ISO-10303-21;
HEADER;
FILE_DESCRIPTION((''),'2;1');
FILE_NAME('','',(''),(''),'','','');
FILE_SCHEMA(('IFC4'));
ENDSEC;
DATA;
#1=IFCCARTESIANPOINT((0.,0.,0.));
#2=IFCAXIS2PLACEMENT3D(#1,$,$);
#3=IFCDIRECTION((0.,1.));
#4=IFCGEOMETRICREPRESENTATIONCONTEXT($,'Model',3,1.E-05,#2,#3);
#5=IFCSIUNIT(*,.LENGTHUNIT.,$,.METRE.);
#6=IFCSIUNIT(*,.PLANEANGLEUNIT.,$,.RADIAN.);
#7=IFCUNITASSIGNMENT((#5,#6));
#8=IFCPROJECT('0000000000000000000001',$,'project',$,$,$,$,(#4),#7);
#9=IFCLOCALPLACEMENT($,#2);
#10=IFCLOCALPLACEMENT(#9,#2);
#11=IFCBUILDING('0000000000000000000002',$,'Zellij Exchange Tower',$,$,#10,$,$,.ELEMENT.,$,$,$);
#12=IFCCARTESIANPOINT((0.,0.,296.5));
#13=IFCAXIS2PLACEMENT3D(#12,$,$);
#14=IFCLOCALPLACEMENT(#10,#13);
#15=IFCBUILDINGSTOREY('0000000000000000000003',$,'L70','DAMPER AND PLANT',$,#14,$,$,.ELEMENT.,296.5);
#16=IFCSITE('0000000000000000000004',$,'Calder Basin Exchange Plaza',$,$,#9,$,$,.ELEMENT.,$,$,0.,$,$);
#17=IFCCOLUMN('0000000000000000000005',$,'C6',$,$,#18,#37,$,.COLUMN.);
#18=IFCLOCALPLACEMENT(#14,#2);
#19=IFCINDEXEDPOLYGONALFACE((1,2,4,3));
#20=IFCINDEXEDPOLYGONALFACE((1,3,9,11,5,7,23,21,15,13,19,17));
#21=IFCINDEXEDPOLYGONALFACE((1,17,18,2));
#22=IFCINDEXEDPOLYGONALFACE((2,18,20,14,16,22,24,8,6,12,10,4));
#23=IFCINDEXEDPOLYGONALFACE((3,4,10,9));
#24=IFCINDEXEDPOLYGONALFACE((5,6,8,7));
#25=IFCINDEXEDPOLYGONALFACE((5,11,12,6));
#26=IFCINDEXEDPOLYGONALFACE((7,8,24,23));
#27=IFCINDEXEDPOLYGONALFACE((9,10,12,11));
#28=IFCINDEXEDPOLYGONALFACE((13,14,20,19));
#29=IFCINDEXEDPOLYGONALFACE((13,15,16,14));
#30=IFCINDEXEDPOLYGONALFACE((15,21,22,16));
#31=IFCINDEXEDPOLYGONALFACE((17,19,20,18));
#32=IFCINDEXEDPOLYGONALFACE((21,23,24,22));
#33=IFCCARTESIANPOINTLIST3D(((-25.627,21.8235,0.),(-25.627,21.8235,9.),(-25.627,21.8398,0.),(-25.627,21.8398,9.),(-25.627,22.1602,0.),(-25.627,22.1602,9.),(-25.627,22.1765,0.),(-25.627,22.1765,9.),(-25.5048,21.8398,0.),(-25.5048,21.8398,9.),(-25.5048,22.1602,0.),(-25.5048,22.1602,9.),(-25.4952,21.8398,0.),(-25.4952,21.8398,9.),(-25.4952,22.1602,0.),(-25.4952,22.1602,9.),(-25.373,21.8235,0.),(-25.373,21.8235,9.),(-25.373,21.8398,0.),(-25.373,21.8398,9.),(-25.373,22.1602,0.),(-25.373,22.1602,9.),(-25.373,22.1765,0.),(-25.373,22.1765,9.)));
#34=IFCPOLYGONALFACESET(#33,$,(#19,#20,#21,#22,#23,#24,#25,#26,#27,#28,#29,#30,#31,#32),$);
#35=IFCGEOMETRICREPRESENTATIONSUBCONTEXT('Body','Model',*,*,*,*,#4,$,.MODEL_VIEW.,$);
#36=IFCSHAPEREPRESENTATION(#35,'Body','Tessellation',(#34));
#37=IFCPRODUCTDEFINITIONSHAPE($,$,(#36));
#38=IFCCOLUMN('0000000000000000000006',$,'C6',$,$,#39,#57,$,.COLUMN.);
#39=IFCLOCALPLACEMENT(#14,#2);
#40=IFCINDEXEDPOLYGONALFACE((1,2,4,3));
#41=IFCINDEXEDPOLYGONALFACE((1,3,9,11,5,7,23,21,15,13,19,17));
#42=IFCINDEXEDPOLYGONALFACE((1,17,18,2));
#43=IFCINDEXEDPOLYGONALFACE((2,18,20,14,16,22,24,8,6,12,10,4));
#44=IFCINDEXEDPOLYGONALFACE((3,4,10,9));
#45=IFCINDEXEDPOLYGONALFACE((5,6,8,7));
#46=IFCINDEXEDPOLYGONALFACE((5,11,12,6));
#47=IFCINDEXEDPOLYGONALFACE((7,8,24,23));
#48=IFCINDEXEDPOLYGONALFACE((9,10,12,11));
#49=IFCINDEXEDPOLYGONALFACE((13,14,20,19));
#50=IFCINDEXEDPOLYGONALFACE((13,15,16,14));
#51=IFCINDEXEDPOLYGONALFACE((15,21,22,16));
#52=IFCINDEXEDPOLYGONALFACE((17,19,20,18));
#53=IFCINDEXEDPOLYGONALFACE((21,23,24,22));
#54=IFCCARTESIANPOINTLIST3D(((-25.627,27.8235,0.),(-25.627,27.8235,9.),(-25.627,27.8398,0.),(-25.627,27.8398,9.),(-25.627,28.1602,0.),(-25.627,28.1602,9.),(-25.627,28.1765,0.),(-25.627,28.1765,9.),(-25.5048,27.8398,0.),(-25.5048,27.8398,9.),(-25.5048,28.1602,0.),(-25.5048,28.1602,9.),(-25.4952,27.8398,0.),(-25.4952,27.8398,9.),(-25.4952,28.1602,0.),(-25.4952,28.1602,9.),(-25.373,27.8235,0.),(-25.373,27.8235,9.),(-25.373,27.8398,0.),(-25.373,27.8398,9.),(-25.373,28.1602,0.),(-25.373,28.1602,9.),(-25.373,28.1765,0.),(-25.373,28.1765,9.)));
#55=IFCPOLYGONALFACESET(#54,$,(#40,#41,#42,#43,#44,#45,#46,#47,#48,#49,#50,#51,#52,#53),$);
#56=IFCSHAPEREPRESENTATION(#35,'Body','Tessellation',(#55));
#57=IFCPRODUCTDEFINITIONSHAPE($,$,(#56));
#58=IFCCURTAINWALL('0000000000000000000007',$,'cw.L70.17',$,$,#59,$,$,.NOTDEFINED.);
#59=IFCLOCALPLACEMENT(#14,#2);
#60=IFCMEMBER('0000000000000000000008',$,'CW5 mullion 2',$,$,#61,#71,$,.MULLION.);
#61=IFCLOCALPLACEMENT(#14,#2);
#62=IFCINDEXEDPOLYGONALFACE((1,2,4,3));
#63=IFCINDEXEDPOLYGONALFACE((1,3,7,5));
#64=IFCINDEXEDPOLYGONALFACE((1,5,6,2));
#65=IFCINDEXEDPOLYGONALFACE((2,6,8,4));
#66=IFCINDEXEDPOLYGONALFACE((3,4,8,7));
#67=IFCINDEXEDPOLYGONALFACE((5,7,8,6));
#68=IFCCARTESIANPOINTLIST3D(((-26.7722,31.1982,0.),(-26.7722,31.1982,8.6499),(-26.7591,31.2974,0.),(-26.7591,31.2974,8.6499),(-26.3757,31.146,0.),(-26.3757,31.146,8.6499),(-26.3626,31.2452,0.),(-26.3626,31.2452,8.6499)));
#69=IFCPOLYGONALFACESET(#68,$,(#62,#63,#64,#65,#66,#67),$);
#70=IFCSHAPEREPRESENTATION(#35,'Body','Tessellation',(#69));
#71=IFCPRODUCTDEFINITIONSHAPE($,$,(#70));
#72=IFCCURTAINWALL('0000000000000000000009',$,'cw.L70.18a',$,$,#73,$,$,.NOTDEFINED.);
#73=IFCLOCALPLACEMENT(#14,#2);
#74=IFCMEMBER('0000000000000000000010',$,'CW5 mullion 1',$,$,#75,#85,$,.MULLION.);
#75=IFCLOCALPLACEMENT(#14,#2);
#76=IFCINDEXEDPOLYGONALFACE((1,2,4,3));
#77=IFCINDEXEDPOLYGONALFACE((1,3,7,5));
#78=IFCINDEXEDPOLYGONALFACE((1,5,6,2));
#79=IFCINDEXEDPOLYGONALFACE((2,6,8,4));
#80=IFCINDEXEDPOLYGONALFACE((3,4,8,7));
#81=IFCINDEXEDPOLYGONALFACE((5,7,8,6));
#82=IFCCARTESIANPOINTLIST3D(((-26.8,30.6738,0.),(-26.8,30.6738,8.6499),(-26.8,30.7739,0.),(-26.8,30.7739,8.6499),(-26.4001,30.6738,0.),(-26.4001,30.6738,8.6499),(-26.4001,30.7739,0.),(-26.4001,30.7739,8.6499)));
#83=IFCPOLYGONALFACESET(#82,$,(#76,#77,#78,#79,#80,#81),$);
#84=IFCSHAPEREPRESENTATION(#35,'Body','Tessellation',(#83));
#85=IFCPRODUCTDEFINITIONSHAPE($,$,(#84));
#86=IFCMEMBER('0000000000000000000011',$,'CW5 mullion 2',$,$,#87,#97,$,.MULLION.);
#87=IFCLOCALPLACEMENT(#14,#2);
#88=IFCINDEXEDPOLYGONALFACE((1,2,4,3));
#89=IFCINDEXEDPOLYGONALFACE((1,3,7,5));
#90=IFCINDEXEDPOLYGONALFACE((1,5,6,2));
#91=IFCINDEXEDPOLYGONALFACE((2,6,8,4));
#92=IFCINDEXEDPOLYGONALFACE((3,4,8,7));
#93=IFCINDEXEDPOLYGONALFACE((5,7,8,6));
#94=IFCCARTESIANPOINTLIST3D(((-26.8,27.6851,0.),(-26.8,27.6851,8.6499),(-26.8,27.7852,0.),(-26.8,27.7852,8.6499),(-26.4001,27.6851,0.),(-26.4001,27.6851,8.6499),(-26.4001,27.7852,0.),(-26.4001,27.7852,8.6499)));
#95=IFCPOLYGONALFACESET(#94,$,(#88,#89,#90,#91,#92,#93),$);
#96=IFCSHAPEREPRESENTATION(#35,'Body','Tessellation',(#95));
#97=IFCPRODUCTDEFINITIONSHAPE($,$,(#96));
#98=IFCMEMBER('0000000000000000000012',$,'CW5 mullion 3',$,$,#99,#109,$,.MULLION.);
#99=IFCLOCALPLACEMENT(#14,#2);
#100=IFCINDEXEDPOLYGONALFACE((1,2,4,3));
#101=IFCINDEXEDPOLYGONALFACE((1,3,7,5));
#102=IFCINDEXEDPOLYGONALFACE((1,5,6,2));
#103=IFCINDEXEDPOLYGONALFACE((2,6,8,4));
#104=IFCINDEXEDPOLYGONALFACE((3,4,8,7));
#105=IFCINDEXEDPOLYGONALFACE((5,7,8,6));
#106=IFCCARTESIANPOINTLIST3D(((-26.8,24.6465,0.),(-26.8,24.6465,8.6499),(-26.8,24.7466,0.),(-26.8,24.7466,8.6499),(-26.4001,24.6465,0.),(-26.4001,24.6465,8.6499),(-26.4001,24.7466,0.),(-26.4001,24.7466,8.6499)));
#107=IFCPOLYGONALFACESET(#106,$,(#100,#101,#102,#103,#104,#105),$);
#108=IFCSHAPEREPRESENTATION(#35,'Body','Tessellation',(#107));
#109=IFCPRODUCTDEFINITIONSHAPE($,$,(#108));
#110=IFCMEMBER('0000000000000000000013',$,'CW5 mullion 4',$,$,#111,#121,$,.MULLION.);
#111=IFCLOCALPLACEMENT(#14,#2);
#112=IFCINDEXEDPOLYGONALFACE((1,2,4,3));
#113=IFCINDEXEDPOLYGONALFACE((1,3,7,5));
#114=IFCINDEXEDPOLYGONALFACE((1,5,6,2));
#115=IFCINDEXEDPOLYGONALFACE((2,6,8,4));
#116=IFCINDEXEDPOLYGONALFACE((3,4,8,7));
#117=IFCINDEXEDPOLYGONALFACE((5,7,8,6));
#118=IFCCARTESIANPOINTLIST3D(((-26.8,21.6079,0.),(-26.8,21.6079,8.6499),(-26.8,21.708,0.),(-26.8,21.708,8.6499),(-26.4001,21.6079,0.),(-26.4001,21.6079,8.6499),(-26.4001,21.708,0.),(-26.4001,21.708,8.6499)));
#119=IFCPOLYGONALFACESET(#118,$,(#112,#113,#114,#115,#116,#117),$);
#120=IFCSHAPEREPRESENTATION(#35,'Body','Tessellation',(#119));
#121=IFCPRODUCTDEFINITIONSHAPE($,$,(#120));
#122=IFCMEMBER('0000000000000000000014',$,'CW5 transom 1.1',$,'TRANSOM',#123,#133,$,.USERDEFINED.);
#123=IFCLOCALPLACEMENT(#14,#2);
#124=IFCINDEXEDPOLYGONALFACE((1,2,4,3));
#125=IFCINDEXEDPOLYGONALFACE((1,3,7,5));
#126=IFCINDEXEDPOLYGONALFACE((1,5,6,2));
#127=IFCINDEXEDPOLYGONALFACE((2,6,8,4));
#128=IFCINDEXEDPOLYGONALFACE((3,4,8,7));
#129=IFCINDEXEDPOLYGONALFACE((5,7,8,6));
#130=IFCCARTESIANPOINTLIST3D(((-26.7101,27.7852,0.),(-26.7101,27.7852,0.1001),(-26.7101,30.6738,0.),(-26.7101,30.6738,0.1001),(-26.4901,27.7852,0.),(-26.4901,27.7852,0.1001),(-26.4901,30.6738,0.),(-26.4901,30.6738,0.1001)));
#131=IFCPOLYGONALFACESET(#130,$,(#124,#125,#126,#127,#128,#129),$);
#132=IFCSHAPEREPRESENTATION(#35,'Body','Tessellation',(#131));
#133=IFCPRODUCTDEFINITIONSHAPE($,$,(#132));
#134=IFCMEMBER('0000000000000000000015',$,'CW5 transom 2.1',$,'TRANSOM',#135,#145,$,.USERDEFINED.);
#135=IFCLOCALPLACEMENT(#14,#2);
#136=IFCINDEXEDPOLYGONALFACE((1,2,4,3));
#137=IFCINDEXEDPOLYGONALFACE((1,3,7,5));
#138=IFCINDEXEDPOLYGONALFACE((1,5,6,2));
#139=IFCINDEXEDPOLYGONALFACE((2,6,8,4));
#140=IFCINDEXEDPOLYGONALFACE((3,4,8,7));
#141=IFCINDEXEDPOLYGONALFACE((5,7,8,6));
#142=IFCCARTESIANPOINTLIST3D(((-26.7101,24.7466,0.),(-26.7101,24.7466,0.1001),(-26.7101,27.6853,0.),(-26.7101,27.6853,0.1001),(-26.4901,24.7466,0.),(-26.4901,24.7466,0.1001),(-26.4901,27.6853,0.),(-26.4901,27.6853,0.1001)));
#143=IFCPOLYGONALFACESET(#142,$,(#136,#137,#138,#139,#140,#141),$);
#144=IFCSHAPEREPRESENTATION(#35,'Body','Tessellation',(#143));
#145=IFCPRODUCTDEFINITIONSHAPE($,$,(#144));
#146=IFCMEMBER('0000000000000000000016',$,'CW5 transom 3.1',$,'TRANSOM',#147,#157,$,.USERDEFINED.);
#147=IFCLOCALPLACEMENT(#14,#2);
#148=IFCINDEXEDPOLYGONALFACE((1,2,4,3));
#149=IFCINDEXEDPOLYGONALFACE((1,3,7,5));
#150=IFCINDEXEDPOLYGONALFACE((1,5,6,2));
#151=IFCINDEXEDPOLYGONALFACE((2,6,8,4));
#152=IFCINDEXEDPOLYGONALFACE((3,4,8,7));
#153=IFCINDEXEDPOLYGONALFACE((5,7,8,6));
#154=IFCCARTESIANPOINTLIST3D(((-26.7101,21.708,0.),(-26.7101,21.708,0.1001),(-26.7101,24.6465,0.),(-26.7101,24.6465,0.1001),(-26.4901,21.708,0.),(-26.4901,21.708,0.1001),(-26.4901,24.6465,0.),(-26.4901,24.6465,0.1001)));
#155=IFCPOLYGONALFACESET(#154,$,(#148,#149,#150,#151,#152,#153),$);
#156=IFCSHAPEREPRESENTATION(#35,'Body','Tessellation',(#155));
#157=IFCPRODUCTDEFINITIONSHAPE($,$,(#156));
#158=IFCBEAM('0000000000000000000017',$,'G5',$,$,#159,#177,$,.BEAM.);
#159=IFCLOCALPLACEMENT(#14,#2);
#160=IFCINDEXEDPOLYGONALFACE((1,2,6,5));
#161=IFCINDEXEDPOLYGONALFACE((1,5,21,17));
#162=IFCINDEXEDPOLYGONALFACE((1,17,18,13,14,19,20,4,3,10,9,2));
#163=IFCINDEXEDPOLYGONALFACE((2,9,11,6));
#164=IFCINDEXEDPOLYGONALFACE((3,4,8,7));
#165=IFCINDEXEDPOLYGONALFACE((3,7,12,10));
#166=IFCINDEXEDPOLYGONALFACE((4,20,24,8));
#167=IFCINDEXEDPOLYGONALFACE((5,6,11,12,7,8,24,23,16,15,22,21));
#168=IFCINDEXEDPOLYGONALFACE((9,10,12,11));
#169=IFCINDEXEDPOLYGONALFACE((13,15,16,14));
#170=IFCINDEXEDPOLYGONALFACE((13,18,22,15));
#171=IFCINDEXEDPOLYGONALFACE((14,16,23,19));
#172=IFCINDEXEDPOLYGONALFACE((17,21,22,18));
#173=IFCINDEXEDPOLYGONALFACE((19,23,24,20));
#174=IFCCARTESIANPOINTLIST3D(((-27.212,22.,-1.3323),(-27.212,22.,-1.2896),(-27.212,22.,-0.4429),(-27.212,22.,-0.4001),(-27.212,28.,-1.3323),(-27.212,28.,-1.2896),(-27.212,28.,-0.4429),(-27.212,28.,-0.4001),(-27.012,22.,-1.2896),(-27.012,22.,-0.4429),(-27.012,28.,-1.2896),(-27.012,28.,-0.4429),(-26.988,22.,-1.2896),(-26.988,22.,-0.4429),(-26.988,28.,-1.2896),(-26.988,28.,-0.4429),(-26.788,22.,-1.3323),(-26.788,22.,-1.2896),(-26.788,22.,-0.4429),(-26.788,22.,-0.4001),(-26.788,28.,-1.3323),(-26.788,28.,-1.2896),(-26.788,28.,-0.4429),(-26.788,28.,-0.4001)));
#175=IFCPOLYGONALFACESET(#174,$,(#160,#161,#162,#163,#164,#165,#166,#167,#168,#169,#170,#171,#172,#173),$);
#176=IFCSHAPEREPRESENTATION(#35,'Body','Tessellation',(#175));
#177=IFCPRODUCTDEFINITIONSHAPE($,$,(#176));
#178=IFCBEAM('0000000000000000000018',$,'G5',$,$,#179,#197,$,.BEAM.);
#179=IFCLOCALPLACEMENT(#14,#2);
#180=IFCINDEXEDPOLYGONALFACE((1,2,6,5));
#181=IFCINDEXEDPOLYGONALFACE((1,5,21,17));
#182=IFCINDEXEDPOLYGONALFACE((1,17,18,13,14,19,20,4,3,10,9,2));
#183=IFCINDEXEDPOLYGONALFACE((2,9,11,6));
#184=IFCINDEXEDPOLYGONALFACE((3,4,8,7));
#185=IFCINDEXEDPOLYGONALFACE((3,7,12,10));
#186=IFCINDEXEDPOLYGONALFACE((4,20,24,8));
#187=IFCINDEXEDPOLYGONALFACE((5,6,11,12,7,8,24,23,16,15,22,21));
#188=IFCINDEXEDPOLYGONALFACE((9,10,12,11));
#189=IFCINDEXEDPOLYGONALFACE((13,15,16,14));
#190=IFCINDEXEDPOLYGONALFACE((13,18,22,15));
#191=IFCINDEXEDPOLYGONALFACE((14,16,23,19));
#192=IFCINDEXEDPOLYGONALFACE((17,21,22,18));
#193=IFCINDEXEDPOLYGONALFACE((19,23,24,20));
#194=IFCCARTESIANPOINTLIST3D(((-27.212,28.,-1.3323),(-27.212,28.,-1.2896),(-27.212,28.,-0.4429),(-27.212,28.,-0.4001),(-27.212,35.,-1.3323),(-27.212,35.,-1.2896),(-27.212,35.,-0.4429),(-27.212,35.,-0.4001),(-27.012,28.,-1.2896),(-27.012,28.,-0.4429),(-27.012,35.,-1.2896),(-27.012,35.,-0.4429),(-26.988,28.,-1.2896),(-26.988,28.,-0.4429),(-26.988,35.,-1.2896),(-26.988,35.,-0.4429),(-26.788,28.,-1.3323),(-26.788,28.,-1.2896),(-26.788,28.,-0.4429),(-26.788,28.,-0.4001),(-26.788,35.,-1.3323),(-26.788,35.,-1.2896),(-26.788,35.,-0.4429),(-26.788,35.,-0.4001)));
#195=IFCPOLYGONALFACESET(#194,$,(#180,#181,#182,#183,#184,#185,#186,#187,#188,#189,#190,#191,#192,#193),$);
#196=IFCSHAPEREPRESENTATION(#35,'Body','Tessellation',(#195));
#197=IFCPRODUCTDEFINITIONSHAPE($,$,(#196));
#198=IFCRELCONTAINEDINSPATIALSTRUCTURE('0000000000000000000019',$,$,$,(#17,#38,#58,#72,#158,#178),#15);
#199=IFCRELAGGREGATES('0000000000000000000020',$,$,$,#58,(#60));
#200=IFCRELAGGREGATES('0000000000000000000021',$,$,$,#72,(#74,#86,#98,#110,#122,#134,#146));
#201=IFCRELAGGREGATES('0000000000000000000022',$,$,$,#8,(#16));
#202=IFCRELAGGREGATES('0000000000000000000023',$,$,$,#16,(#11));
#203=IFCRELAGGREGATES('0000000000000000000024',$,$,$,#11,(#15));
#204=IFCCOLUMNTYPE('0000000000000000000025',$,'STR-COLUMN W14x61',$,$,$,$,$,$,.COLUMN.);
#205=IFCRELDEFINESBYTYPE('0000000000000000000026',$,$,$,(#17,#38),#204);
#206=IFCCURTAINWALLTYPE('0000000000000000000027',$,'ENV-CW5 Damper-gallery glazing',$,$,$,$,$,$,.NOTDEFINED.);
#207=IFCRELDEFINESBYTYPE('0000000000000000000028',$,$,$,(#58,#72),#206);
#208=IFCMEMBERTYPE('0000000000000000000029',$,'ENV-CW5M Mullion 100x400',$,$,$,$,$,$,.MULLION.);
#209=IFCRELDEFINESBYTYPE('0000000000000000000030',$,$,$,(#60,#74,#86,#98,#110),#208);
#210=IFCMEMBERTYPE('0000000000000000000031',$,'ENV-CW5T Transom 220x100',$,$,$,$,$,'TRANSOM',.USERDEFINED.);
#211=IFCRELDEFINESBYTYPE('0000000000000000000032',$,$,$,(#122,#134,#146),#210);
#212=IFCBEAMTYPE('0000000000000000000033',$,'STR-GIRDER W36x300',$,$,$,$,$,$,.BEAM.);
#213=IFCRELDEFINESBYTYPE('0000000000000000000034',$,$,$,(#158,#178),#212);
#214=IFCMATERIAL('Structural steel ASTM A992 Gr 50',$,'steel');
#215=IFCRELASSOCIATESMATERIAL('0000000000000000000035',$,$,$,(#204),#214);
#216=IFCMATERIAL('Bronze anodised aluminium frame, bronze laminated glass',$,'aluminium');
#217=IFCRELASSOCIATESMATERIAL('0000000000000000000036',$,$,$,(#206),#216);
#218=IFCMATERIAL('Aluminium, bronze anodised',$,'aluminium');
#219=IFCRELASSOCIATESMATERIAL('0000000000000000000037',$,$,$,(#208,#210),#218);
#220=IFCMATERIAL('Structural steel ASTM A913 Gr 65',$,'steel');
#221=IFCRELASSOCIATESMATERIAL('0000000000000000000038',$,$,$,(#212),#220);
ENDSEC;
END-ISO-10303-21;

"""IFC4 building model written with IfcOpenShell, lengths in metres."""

from ifc_helpers import new_model, si_unit, direction, frame, origin, origin_2d, place, context, subcontext, project, spatial, rectangle, i_section, extrude, material, material_profile, profile_set, type_object, element, aggregate, save


model = new_model("IFC4")

# Units and contexts
model_context = context("Model", 3, precision=1e-05, world=origin(), true_north=direction((0.0, 1.0)))
body_context = subcontext(model_context, "Body", "Model", "MODEL_VIEW")
ifc_project = project(units=[si_unit("LENGTHUNIT", "METRE"), si_unit("PLANEANGLEUNIT", "RADIAN")], contexts=[model_context])

# Site, building, storey
site_placement = place(None, origin())
site = spatial("IfcSite", under=ifc_project, at=site_placement, Name="Calder Basin Exchange Plaza", CompositionType="ELEMENT", RefElevation=0.0)
building_placement = place(site_placement, origin())
building = spatial("IfcBuilding", under=site, at=building_placement, Name="Zellij Exchange Tower", CompositionType="ELEMENT")
storey_placement = place(building_placement, frame((0.0, 0.0, 296.5)))
storey = spatial("IfcBuildingStorey", under=building, at=storey_placement, Name="L70", Description="DAMPER AND PLANT", CompositionType="ELEMENT", Elevation=296.5)

# Columns
ifc_material_1 = material(Name="Structural steel ASTM A992 Gr 50", Category="steel")
ifc_material_profile_1 = material_profile(ifc_material_1, i_section(OverallWidth=0.2539, OverallDepth=0.353, WebThickness=0.0095, FlangeThickness=0.0164, at=origin_2d()), Name="W14x61")
ifc_profile_set_1 = profile_set([ifc_material_profile_1], Name="Structural steel ASTM A992 Gr 50")
column_type = type_object("IfcColumnType", Name="STR-COLUMN W14x61", PredefinedType="COLUMN", material=ifc_profile_set_1)
for number, where, z_axis, x_axis, name in (
    (1, (-25.5, 22.0, 0.0), (0.0, 0.0, 1.0), (1.0, 0.0, 0.0), "C6"),
    (2, (-25.5, 28.0, 0.0), (0.0, 0.0, 1.0), (1.0, 0.0, 0.0), "C6"),
):
    element("IfcColumn", number, at=place(storey_placement, frame(where, z_axis=z_axis, x_axis=x_axis)), inside=storey, type_object=column_type, Name=name, PredefinedType="COLUMN", context=body_context, shape_type="SweptSolid", body=[
        extrude(i_section(OverallWidth=0.2539, OverallDepth=0.353, WebThickness=0.0095, FlangeThickness=0.0164, at=origin_2d()), origin(), (0.0, 0.0, 1.0), 9.0),
    ])

# Curtain wall, member
ifc_material_2 = material(Name="Bronze anodised aluminium frame, bronze laminated glass", Category="aluminium")
curtain_wall_type = type_object("IfcCurtainWallType", Name="ENV-CW5 Damper-gallery glazing", PredefinedType="NOTDEFINED", material=ifc_material_2)
curtain_wall_1_placement = place(storey_placement, origin())
curtain_wall_1 = element("IfcCurtainWall", 3, at=curtain_wall_1_placement, inside=storey, type_object=curtain_wall_type, Name="cw.L70.17", PredefinedType="NOTDEFINED")
ifc_material_3 = material(Name="Aluminium, bronze anodised", Category="aluminium")
ifc_material_profile_2 = material_profile(ifc_material_3, rectangle(XDim=0.1001, YDim=0.3999, at=origin_2d()), Name="AL 100x400")
ifc_profile_set_2 = profile_set([ifc_material_profile_2], Name="Aluminium, bronze anodised")
member_type_1 = type_object("IfcMemberType", Name="ENV-CW5M Mullion 100x400", PredefinedType="MULLION", material=ifc_profile_set_2)
member_1_placement = place(storey_placement, frame((-26.5674, 31.2217, 0.0), z_axis=(0.0, 0.0, 1.0), x_axis=(-0.130495, -0.991449, 0.0)))
member_1 = element("IfcMember", 4, at=member_1_placement, type_object=member_type_1, Name="CW5 mullion 2", PredefinedType="MULLION", context=body_context, shape_type="SweptSolid", body=[
    extrude(rectangle(XDim=0.1001, YDim=0.3999, at=origin_2d()), origin(), (0.0, 0.0, 1.0), 8.6499),
])
aggregate(curtain_wall_1, [member_1])

# Curtain wall, members
curtain_wall_2_placement = place(storey_placement, origin())
curtain_wall_2 = element("IfcCurtainWall", 5, at=curtain_wall_2_placement, inside=storey, type_object=curtain_wall_type, Name="cw.L70.18a", PredefinedType="NOTDEFINED")
member_2_placement = place(storey_placement, frame((-26.6001, 30.7239, 0.0), z_axis=(0.0, 0.0, 1.0), x_axis=(0.0, -1.0, 0.0)))
member_2 = element("IfcMember", 6, at=member_2_placement, type_object=member_type_1, Name="CW5 mullion 1", PredefinedType="MULLION", context=body_context, shape_type="SweptSolid", body=[
    extrude(rectangle(XDim=0.1001, YDim=0.3999, at=origin_2d()), origin(), (0.0, 0.0, 1.0), 8.6499),
])
member_3_placement = place(storey_placement, frame((-26.6001, 27.7351, 0.0), z_axis=(0.0, 0.0, 1.0), x_axis=(0.0, -1.0, 0.0)))
member_3 = element("IfcMember", 7, at=member_3_placement, type_object=member_type_1, Name="CW5 mullion 2", PredefinedType="MULLION", context=body_context, shape_type="SweptSolid", body=[
    extrude(rectangle(XDim=0.1001, YDim=0.3999, at=origin_2d()), origin(), (0.0, 0.0, 1.0), 8.6499),
])
member_4_placement = place(storey_placement, frame((-26.6001, 24.6965, 0.0), z_axis=(0.0, 0.0, 1.0), x_axis=(0.0, -1.0, 0.0)))
member_4 = element("IfcMember", 8, at=member_4_placement, type_object=member_type_1, Name="CW5 mullion 3", PredefinedType="MULLION", context=body_context, shape_type="SweptSolid", body=[
    extrude(rectangle(XDim=0.1001, YDim=0.3999, at=origin_2d()), origin(), (0.0, 0.0, 1.0), 8.6499),
])
member_5_placement = place(storey_placement, frame((-26.6001, 21.658, 0.0), z_axis=(0.0, 0.0, 1.0), x_axis=(0.0, -1.0, 0.0)))
member_5 = element("IfcMember", 9, at=member_5_placement, type_object=member_type_1, Name="CW5 mullion 4", PredefinedType="MULLION", context=body_context, shape_type="SweptSolid", body=[
    extrude(rectangle(XDim=0.1001, YDim=0.3999, at=origin_2d()), origin(), (0.0, 0.0, 1.0), 8.6499),
])
ifc_material_profile_3 = material_profile(ifc_material_3, rectangle(XDim=0.22, YDim=0.1001, at=origin_2d()), Name="AL 220x100")
ifc_profile_set_3 = profile_set([ifc_material_profile_3], Name="Aluminium, bronze anodised")
member_type_2 = type_object("IfcMemberType", Name="ENV-CW5T Transom 220x100", ElementType="TRANSOM", PredefinedType="USERDEFINED", material=ifc_profile_set_3)
member_6_placement = place(storey_placement, frame((-26.6001, 30.6738, 0.05), z_axis=(0.0, -1.0, 0.0), x_axis=(1.0, 0.0, 0.0)))
member_6 = element("IfcMember", 10, at=member_6_placement, type_object=member_type_2, Name="CW5 transom 1.1", ObjectType="TRANSOM", PredefinedType="USERDEFINED", context=body_context, shape_type="SweptSolid", body=[
    extrude(rectangle(XDim=0.22, YDim=0.1001, at=origin_2d()), origin(), (0.0, 0.0, 1.0), 2.8887),
])
member_7_placement = place(storey_placement, frame((-26.6001, 27.6853, 0.05), z_axis=(0.0, -1.0, 0.0), x_axis=(1.0, 0.0, 0.0)))
member_7 = element("IfcMember", 11, at=member_7_placement, type_object=member_type_2, Name="CW5 transom 2.1", ObjectType="TRANSOM", PredefinedType="USERDEFINED", context=body_context, shape_type="SweptSolid", body=[
    extrude(rectangle(XDim=0.22, YDim=0.1001, at=origin_2d()), origin(), (0.0, 0.0, 1.0), 2.9387),
])
member_8_placement = place(storey_placement, frame((-26.6001, 24.6465, 0.05), z_axis=(0.0, -1.0, 0.0), x_axis=(1.0, 0.0, 0.0)))
member_8 = element("IfcMember", 12, at=member_8_placement, type_object=member_type_2, Name="CW5 transom 3.1", ObjectType="TRANSOM", PredefinedType="USERDEFINED", context=body_context, shape_type="SweptSolid", body=[
    extrude(rectangle(XDim=0.22, YDim=0.1001, at=origin_2d()), origin(), (0.0, 0.0, 1.0), 2.9385),
])

# Beams
ifc_material_4 = material(Name="Structural steel ASTM A913 Gr 65", Category="steel")
ifc_material_profile_4 = material_profile(ifc_material_4, i_section(OverallWidth=0.4241, OverallDepth=0.9321, WebThickness=0.0239, FlangeThickness=0.0427, at=origin_2d()), Name="W36x300")
ifc_profile_set_4 = profile_set([ifc_material_profile_4], Name="Structural steel ASTM A913 Gr 65")
beam_type_1 = type_object("IfcBeamType", Name="STR-GIRDER W36x300", PredefinedType="BEAM", material=ifc_profile_set_4)
beam_1_placement = place(storey_placement, frame((-27.0, 22.0, -0.8662), z_axis=(0.0, 1.0, 0.0), x_axis=(-1.0, 0.0, 0.0)))
element("IfcBeam", 13, at=beam_1_placement, inside=storey, type_object=beam_type_1, Name="G5", PredefinedType="BEAM", context=body_context, shape_type="SweptSolid", body=[
    extrude(i_section(OverallWidth=0.4241, OverallDepth=0.9321, WebThickness=0.0239, FlangeThickness=0.0427, at=origin_2d()), origin(), (0.0, 0.0, 1.0), 6.0),
])
beam_2_placement = place(storey_placement, frame((-27.0, 28.0, -0.8662), z_axis=(0.0, 1.0, 0.0), x_axis=(-1.0, 0.0, 0.0)))
element("IfcBeam", 14, at=beam_2_placement, inside=storey, type_object=beam_type_1, Name="G5", PredefinedType="BEAM", context=body_context, shape_type="SweptSolid", body=[
    extrude(i_section(OverallWidth=0.4241, OverallDepth=0.9321, WebThickness=0.0239, FlangeThickness=0.0427, at=origin_2d()), origin(), (0.0, 0.0, 1.0), 7.0),
])

aggregate(curtain_wall_2, [member_2, member_3, member_4, member_5, member_6, member_7, member_8])

save(model, "model.ifc")
